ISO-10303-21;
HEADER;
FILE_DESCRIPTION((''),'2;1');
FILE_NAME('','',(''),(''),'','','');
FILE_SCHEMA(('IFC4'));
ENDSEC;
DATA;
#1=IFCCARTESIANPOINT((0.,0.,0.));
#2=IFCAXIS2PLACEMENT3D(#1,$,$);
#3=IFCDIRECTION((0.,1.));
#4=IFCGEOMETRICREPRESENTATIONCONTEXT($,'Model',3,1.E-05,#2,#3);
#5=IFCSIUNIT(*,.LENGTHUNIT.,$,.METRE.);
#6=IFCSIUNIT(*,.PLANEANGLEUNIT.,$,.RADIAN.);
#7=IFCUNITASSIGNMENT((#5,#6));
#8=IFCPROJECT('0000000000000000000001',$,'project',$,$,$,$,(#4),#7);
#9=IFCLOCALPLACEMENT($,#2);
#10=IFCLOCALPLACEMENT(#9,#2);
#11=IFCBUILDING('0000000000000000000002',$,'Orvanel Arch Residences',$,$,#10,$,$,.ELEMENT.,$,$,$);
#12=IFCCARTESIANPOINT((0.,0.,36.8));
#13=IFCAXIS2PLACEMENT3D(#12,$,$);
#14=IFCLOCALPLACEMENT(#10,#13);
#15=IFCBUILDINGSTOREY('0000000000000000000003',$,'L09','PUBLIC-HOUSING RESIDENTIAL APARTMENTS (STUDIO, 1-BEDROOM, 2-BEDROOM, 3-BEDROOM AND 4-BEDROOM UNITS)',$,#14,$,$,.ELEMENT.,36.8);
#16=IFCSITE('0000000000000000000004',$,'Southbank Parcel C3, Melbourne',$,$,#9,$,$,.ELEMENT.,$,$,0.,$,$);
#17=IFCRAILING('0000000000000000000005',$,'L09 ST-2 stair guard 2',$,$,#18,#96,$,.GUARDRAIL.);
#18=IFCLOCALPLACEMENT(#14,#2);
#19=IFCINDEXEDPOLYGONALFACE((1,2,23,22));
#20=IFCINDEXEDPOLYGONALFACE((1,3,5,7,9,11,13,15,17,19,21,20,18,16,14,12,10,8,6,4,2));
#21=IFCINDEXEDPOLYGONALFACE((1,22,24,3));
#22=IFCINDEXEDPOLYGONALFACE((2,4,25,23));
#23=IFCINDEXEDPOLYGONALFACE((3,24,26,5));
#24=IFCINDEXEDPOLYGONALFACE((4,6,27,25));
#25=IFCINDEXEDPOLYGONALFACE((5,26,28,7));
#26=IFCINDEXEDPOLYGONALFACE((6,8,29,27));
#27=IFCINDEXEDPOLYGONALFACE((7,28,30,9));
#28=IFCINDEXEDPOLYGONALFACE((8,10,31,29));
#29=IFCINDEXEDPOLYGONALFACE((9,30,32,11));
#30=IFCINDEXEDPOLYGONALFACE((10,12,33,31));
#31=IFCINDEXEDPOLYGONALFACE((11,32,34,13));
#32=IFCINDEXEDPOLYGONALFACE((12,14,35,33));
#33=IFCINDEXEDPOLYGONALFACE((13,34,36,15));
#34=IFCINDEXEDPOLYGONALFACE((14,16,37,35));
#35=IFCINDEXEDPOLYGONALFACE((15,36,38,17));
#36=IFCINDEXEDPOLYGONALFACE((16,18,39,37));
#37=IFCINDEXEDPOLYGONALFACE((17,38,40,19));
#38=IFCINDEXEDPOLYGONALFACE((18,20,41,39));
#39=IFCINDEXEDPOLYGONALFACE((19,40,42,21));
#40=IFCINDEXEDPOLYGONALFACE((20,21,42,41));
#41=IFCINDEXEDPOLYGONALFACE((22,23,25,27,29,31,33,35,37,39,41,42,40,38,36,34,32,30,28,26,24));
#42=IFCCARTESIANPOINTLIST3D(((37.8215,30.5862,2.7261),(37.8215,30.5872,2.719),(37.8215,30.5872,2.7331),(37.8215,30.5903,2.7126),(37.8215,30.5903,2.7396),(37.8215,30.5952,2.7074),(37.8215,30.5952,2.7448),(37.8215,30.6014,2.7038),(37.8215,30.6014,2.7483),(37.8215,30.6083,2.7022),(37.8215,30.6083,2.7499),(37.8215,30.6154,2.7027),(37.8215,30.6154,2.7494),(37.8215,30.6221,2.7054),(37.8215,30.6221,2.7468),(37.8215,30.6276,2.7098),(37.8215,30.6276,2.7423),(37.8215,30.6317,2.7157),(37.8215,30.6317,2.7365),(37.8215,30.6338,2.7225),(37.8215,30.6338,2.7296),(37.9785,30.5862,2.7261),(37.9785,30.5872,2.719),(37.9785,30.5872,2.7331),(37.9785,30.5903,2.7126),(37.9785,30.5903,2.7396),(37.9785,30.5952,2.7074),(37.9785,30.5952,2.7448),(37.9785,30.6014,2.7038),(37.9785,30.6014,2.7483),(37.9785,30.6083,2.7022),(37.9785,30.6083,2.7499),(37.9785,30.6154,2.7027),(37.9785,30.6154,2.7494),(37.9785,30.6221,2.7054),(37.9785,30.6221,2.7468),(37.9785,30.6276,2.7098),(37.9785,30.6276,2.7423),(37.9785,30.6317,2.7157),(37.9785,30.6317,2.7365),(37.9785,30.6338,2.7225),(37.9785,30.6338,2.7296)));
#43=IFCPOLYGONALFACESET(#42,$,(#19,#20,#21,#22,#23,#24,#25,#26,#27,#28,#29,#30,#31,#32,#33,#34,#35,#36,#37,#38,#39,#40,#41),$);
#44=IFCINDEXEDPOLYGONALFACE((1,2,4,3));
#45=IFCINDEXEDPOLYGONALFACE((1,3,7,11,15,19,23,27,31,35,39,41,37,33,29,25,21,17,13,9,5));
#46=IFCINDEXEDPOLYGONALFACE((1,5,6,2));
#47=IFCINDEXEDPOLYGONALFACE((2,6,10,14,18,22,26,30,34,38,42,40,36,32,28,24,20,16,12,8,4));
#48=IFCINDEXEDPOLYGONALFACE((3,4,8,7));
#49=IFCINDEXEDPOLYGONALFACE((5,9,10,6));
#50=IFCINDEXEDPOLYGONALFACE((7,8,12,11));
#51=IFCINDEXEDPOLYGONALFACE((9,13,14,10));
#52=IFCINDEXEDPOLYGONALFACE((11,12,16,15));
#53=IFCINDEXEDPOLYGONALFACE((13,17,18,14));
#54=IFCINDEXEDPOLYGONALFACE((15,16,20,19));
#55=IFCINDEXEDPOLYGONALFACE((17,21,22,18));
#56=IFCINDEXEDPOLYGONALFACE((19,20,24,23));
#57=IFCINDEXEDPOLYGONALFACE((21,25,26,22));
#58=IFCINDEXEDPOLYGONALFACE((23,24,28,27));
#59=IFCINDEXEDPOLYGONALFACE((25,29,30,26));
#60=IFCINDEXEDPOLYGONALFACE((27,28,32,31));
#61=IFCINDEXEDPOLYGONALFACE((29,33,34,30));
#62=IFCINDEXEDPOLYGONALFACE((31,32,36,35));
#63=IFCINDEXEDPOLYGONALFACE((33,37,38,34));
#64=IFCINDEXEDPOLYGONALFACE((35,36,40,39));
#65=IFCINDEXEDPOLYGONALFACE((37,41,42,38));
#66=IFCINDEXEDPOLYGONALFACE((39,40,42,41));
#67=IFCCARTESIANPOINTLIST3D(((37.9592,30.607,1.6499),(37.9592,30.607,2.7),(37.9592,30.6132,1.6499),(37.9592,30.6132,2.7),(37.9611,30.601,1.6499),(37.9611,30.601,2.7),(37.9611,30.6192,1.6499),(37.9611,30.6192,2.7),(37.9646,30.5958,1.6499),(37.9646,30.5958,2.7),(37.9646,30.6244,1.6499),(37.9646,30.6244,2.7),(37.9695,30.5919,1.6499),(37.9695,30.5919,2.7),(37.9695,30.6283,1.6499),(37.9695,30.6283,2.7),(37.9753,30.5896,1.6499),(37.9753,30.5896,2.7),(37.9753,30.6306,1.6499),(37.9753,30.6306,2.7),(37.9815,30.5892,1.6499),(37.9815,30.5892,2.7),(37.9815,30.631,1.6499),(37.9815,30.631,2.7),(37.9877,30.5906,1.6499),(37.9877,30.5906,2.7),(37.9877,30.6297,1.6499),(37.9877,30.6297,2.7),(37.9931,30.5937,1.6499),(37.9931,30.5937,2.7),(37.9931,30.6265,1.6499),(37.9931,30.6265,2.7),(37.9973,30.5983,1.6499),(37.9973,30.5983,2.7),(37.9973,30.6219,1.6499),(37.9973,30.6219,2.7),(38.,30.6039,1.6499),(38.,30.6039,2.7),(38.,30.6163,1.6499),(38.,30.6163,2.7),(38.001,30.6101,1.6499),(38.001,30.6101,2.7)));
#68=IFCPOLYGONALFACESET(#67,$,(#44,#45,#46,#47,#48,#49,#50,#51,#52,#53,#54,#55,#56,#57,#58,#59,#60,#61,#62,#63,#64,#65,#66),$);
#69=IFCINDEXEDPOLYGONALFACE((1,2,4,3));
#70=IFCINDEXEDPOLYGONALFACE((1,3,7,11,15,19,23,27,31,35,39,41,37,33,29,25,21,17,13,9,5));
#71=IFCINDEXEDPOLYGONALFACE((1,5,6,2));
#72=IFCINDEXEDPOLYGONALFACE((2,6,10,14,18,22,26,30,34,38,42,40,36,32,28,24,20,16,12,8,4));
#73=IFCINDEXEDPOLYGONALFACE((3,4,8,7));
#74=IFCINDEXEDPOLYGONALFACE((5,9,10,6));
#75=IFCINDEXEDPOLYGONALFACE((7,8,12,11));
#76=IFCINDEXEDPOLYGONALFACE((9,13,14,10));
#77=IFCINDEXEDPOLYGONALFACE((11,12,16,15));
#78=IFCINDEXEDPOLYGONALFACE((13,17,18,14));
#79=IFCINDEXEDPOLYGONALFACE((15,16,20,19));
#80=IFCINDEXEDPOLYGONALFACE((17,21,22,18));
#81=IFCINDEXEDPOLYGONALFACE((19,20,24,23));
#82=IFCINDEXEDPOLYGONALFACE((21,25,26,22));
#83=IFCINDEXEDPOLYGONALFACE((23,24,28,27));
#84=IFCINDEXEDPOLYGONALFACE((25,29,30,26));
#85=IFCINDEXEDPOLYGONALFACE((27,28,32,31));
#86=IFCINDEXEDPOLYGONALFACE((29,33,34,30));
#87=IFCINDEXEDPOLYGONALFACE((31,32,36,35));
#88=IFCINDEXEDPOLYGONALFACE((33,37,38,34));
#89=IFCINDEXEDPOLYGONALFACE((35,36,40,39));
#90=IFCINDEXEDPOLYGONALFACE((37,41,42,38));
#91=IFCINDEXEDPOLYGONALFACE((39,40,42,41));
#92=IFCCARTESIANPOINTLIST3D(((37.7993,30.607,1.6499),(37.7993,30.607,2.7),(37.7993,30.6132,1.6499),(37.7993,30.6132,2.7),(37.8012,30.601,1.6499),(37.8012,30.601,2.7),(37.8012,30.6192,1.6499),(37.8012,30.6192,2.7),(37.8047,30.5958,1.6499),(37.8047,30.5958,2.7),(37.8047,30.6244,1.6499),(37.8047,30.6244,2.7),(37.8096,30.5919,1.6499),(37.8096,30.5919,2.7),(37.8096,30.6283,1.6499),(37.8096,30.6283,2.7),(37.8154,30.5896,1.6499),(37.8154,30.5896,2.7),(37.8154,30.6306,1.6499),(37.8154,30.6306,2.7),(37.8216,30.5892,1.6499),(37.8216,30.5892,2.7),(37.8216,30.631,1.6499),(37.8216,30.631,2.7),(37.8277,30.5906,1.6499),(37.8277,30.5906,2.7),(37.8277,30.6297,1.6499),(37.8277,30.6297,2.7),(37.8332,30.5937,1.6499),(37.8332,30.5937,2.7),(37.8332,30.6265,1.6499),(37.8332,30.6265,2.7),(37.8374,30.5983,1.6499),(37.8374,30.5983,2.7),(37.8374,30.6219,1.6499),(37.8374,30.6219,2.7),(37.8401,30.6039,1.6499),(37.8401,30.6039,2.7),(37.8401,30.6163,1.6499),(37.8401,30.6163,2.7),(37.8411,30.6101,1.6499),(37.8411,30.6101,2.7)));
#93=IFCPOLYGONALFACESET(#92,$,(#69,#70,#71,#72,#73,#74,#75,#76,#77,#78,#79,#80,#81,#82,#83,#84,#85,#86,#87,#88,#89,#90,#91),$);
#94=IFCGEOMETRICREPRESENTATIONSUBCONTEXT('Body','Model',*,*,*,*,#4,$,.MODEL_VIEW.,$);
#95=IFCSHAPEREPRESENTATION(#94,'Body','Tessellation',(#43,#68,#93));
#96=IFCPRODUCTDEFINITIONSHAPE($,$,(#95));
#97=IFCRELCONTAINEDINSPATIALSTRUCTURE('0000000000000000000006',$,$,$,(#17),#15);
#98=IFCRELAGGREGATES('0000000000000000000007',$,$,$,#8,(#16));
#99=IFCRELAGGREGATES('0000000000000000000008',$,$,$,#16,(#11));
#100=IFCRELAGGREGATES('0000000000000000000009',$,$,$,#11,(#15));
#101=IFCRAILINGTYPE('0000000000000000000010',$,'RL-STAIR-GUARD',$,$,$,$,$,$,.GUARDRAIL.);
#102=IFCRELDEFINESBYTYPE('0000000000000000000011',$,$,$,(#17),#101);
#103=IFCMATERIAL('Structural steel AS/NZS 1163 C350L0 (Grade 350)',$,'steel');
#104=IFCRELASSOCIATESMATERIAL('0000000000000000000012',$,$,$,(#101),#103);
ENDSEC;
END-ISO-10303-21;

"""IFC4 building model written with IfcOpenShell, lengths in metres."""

from ifc_helpers import new_model, si_unit, direction, frame, origin, origin_2d, place, context, subcontext, project, spatial, circle, extrude, material, type_object, element, save


model = new_model("IFC4")

# Units and contexts
model_context = context("Model", 3, precision=1e-05, world=origin(), true_north=direction((0.0, 1.0)))
body_context = subcontext(model_context, "Body", "Model", "MODEL_VIEW")
ifc_project = project(units=[si_unit("LENGTHUNIT", "METRE"), si_unit("PLANEANGLEUNIT", "RADIAN")], contexts=[model_context])

# Site, building, storey
site_placement = place(None, origin())
site = spatial("IfcSite", under=ifc_project, at=site_placement, Name="Southbank Parcel C3, Melbourne", CompositionType="ELEMENT", RefElevation=0.0)
building_placement = place(site_placement, origin())
building = spatial("IfcBuilding", under=site, at=building_placement, Name="Orvanel Arch Residences", CompositionType="ELEMENT")
storey_placement = place(building_placement, frame((0.0, 0.0, 36.8)))
storey = spatial("IfcBuildingStorey", under=building, at=storey_placement, Name="L09", Description="PUBLIC-HOUSING RESIDENTIAL APARTMENTS (STUDIO, 1-BEDROOM, 2-BEDROOM, 3-BEDROOM AND 4-BEDROOM UNITS)", CompositionType="ELEMENT", Elevation=36.8)

# Railing
ifc_material_1 = material(Name="Structural steel AS/NZS 1163 C350L0 (Grade 350)", Category="steel")
railing_type_1 = type_object("IfcRailingType", Name="RL-STAIR-GUARD", PredefinedType="GUARDRAIL", material=ifc_material_1)
railing_1_placement = place(storey_placement, frame((37.98, 30.6101, 1.6499)))
element("IfcRailing", 1, at=railing_1_placement, inside=storey, type_object=railing_type_1, Name="L09 ST-2 stair guard 2", PredefinedType="GUARDRAIL", context=body_context, shape_type="SweptSolid", body=[
    extrude(circle(Radius=0.0239, at=origin_2d()), frame((-0.0015, 0.0, 1.0762), z_axis=(-1.0, 0.0, 0.0), x_axis=(0.0, -1.0, 0.0)), (0.0, 0.0, 1.0), 0.157),
    extrude(circle(Radius=0.021, at=origin_2d()), origin(), (0.0, 0.0, 1.0), 1.05),
    extrude(circle(Radius=0.021, at=origin_2d()), frame((-0.1599, 0.0, 0.0)), (0.0, 0.0, 1.0), 1.05),
])

save(model, "model.ifc")
